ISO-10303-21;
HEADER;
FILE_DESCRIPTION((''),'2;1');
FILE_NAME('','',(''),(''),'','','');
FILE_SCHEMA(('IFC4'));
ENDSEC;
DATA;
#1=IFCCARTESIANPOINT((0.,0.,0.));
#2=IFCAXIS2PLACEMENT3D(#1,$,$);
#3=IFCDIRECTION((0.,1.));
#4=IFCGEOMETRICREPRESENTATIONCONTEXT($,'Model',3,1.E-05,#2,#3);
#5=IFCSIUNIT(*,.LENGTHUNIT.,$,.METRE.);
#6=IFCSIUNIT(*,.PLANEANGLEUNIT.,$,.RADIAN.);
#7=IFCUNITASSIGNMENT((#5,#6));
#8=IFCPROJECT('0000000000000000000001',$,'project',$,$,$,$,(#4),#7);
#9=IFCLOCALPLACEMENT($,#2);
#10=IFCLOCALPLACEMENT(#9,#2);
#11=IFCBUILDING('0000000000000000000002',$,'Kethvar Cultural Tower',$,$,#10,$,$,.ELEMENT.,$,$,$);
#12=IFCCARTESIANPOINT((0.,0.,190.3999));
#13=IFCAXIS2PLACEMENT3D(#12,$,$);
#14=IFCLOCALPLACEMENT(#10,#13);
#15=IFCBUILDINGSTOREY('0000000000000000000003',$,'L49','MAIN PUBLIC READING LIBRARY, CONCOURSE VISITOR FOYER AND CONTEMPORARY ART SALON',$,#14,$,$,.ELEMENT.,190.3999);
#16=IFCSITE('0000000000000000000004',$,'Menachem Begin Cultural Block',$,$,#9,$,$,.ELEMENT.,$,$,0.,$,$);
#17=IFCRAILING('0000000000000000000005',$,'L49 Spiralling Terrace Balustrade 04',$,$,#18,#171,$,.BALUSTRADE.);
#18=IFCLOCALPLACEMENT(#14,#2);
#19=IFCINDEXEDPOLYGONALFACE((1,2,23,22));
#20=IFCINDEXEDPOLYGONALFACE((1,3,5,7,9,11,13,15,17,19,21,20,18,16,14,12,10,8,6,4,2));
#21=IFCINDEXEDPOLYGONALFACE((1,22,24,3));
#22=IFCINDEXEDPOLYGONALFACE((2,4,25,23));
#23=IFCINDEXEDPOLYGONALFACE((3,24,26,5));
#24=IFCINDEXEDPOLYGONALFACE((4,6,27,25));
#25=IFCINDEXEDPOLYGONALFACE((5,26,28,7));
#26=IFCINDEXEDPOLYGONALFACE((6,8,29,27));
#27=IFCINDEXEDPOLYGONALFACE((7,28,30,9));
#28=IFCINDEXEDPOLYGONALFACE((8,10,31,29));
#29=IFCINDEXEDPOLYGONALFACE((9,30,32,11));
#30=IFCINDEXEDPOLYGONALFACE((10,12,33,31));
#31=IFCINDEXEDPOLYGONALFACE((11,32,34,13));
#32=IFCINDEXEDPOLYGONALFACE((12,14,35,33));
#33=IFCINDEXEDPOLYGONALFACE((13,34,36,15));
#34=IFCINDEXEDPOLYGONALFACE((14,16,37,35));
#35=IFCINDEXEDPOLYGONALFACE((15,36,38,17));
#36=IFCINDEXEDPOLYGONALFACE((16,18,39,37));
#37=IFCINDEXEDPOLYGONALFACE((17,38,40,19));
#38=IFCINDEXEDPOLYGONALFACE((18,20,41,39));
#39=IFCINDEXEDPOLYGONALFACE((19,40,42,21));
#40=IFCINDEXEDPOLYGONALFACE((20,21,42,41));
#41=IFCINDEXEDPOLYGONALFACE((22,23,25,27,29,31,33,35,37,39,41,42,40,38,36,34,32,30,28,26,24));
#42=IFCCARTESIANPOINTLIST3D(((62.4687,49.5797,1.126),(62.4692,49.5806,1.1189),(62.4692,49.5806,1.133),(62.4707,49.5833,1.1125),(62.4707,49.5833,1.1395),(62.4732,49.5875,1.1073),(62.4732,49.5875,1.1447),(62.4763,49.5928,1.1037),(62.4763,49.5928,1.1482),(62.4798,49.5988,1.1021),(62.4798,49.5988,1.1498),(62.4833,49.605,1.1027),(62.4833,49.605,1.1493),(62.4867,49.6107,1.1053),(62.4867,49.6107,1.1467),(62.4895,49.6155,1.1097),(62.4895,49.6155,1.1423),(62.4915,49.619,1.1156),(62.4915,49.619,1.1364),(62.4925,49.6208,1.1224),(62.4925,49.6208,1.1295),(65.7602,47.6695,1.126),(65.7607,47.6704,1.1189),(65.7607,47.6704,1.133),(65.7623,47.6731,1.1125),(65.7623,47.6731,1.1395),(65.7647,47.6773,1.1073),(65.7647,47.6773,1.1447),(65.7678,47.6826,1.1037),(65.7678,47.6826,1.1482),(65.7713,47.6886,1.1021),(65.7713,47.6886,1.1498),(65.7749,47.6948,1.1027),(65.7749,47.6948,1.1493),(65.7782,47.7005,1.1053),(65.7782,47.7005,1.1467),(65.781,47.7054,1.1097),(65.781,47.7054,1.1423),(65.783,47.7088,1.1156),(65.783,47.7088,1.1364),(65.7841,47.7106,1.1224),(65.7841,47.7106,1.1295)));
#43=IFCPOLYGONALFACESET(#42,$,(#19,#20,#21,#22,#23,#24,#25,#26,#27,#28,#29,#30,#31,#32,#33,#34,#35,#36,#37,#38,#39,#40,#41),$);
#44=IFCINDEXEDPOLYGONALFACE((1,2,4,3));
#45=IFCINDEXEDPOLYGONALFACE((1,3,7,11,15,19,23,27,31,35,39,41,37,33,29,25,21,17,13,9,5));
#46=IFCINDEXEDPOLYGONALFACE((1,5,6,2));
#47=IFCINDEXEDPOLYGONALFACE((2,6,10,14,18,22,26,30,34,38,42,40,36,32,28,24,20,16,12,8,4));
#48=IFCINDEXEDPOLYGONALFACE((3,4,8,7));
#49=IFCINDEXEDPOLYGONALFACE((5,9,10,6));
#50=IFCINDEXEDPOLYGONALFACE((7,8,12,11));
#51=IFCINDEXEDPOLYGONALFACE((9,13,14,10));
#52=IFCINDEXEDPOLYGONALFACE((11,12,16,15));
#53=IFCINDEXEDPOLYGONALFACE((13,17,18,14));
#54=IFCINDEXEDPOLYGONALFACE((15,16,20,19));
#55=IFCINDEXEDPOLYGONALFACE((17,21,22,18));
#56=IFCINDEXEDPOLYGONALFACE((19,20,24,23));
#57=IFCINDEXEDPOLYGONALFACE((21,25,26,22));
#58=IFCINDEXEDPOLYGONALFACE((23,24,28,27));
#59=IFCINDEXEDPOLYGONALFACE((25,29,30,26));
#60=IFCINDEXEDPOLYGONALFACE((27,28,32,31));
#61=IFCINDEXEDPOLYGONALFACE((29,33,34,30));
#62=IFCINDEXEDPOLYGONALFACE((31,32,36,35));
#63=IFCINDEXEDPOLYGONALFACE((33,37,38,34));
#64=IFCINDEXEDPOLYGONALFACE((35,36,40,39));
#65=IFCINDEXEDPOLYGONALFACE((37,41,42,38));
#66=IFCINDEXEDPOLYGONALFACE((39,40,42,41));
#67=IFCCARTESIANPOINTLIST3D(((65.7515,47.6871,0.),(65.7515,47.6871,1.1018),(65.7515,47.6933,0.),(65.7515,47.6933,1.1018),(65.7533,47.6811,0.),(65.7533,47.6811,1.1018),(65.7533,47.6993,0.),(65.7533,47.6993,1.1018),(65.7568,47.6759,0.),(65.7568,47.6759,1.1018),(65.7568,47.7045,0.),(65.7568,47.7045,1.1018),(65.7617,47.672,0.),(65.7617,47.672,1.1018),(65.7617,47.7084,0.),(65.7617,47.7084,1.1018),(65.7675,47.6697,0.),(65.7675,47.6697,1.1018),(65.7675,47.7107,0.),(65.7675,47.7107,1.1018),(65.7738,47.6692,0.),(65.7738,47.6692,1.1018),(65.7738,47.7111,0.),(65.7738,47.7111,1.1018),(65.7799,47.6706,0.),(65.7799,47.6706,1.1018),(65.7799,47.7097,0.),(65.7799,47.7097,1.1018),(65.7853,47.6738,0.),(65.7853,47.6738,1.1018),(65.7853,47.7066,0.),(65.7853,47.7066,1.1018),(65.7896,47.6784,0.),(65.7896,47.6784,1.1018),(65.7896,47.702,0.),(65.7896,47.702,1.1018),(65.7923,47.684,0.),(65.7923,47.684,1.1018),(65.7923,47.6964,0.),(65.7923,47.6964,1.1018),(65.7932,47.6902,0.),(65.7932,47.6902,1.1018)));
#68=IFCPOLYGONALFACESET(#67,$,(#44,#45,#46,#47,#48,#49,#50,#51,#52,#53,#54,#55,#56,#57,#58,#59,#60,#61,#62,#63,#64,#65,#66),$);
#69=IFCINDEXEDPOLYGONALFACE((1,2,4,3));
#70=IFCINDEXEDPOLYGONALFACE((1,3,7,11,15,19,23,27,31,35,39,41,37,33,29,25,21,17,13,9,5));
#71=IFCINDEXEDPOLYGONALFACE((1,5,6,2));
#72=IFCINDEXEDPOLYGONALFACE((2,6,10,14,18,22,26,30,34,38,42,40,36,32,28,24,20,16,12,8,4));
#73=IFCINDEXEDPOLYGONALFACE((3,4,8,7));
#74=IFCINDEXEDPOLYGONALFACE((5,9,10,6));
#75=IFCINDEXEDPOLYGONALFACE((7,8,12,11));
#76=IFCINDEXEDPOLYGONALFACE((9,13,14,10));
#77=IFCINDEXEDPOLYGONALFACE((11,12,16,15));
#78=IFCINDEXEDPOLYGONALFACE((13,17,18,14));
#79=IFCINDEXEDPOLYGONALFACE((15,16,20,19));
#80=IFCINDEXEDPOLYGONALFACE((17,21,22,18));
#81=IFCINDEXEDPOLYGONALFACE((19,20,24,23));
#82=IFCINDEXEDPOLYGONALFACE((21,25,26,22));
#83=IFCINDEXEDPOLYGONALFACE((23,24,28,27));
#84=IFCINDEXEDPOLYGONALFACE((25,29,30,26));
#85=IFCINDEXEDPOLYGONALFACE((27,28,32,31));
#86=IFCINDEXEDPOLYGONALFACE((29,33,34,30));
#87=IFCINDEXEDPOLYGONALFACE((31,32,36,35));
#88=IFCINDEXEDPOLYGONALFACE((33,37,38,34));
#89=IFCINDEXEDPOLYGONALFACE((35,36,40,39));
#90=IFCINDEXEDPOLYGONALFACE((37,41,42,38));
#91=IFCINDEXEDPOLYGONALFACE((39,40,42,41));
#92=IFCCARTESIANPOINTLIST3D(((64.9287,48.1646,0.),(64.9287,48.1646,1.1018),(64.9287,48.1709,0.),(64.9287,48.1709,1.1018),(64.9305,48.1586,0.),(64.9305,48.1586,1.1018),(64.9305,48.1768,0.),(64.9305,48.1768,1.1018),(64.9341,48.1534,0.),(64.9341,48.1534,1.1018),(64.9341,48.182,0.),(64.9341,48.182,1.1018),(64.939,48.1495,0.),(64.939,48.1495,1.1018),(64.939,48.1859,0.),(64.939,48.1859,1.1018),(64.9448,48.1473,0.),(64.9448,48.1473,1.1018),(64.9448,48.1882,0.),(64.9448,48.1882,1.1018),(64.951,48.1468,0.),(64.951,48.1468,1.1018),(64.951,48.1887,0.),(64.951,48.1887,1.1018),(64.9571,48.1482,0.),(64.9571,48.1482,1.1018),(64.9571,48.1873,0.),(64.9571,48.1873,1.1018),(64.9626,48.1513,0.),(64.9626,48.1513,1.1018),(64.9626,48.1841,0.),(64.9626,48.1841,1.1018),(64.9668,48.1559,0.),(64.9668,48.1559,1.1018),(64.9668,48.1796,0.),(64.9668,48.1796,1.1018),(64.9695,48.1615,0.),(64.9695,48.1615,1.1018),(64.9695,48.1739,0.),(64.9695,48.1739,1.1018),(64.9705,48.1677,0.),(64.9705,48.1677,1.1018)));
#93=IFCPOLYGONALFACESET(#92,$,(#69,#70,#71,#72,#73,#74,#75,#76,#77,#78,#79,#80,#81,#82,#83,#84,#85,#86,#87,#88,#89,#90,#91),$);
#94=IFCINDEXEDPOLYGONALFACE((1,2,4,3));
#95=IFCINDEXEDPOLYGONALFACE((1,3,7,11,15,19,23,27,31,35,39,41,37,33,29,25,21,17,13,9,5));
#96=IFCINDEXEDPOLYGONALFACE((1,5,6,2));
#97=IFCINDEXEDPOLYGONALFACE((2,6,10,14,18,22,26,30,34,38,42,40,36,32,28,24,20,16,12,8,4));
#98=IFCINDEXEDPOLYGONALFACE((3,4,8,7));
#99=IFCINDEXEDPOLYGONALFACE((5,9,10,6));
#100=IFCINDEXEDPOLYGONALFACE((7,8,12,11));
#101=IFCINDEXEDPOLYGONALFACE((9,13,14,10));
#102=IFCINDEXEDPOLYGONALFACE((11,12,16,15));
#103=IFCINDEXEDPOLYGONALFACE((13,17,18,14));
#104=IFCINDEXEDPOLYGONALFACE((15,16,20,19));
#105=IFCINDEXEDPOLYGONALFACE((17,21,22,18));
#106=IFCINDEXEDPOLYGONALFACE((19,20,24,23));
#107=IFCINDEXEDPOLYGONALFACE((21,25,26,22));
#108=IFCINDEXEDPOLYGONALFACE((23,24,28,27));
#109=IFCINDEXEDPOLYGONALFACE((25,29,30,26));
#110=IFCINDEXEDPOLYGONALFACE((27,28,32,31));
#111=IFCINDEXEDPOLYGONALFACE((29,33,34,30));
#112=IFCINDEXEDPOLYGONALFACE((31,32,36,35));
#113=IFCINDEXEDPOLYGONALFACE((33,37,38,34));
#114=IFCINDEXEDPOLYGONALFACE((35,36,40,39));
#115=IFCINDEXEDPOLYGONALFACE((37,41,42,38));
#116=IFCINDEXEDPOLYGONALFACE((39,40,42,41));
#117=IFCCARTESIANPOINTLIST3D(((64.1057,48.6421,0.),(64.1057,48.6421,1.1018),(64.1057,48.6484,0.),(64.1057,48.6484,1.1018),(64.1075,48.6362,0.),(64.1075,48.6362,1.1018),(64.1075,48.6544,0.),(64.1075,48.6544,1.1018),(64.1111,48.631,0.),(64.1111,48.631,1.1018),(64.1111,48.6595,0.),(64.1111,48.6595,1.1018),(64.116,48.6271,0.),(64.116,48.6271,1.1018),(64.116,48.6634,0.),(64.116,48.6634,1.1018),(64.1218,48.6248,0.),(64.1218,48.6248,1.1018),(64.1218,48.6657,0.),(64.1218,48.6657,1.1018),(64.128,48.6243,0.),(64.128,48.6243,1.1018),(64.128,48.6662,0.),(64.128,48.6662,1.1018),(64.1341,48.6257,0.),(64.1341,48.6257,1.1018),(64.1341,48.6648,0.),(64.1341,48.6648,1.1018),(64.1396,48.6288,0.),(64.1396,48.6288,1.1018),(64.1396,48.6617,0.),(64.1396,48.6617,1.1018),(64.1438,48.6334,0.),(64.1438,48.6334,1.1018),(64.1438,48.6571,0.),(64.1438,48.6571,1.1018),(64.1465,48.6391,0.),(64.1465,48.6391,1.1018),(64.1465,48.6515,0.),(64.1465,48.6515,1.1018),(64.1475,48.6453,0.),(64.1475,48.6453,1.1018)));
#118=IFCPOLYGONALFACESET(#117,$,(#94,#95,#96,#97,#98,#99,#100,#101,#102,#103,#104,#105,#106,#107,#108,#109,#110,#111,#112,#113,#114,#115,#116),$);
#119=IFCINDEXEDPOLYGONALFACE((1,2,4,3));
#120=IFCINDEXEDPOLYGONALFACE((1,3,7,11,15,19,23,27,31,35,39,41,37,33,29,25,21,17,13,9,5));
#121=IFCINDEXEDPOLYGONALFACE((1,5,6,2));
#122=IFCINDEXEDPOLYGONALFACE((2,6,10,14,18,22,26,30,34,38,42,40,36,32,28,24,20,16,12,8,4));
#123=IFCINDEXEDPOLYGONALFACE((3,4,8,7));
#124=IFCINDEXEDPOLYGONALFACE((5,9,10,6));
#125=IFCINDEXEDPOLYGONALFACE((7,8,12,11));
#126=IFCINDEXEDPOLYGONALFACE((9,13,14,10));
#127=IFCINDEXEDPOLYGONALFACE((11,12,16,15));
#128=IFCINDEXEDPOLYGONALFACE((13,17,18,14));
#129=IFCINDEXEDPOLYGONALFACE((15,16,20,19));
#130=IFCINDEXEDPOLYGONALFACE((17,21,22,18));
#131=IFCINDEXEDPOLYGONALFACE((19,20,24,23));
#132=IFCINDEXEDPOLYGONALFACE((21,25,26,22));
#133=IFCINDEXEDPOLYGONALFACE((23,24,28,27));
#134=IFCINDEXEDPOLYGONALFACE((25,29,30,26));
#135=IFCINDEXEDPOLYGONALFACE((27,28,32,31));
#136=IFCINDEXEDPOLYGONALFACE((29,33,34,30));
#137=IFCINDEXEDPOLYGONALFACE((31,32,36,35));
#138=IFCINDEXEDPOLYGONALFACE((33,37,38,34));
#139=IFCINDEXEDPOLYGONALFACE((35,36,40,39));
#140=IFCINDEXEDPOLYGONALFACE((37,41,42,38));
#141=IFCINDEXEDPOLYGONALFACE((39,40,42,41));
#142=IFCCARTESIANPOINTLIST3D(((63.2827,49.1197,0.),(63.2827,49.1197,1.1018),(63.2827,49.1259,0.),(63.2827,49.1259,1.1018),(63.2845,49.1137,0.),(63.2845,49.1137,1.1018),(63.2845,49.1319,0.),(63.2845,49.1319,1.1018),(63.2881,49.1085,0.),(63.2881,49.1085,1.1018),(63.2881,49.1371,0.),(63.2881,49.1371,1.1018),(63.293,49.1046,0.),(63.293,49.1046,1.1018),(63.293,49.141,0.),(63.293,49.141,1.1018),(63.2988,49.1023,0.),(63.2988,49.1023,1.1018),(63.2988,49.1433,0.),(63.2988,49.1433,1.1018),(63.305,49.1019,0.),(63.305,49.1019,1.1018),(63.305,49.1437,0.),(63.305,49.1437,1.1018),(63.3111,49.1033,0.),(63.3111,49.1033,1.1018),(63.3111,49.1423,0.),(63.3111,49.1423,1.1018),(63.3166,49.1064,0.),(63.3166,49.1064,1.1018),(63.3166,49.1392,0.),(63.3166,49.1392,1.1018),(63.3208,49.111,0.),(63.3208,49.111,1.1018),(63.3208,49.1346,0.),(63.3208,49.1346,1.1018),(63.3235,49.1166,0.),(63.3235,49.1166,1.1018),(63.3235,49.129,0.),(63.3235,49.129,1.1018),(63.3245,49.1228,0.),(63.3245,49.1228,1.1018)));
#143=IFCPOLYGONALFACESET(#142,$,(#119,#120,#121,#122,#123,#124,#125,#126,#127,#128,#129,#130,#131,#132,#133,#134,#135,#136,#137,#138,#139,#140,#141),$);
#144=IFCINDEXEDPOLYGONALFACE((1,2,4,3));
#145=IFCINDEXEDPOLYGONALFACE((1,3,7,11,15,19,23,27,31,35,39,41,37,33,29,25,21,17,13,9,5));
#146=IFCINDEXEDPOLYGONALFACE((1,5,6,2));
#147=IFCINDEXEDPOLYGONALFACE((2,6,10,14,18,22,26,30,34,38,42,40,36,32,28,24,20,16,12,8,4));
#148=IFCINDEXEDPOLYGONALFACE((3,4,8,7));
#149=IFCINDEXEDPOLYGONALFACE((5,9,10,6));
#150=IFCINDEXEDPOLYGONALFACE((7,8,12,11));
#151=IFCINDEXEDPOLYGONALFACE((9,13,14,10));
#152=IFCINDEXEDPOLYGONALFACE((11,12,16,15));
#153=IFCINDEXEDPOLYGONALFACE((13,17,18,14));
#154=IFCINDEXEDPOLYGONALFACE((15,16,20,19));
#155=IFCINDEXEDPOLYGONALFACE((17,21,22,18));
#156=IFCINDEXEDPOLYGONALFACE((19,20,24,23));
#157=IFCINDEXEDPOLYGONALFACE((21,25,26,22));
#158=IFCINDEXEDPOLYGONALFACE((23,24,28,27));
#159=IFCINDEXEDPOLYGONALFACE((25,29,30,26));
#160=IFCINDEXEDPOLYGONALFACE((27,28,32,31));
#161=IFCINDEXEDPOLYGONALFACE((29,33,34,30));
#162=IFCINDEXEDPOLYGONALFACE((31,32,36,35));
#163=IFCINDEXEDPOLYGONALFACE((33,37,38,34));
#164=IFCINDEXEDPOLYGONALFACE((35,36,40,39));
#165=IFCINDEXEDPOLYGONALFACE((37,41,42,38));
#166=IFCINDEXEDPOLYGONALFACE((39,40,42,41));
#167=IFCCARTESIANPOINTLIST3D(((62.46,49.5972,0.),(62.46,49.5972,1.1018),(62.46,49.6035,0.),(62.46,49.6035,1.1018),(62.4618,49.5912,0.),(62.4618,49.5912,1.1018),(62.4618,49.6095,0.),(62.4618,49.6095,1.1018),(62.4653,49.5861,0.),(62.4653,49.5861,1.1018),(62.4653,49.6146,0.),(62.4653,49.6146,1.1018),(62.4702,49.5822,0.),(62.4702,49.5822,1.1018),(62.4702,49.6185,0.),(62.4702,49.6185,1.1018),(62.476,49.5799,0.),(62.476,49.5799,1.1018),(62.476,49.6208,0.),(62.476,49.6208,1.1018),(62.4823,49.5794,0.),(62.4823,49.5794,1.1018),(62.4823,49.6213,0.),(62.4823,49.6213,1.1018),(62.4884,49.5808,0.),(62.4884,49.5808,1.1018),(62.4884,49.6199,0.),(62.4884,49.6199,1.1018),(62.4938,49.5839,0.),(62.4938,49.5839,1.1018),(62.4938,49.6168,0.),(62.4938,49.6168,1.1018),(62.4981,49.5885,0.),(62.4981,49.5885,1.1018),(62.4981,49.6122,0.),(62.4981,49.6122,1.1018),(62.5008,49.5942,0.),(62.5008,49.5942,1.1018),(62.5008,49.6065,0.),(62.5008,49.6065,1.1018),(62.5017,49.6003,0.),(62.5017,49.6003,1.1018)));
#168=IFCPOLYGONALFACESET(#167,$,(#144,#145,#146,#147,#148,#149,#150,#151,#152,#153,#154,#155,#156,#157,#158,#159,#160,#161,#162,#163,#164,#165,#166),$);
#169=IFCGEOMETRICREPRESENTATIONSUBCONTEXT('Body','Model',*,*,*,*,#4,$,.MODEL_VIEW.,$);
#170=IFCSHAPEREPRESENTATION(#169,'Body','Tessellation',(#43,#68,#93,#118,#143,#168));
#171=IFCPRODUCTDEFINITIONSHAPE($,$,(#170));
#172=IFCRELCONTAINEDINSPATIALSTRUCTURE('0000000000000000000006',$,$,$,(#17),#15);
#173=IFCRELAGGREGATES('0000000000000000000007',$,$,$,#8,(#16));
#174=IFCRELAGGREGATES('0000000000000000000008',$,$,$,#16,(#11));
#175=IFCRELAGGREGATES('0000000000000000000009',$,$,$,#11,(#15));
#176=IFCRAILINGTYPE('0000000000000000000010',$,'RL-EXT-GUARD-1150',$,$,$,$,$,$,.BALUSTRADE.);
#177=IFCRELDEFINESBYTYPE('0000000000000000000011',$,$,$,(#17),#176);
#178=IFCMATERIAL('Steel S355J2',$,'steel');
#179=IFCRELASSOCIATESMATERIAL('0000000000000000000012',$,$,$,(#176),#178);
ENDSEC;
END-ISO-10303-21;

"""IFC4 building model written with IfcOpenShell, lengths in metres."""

from ifc_helpers import new_model, si_unit, direction, frame, origin, origin_2d, place, context, subcontext, project, spatial, circle, extrude, material, type_object, element, save


model = new_model("IFC4")

# Units and contexts
model_context = context("Model", 3, precision=1e-05, world=origin(), true_north=direction((0.0, 1.0)))
body_context = subcontext(model_context, "Body", "Model", "MODEL_VIEW")
ifc_project = project(units=[si_unit("LENGTHUNIT", "METRE"), si_unit("PLANEANGLEUNIT", "RADIAN")], contexts=[model_context])

# Site, building, storey
site_placement = place(None, origin())
site = spatial("IfcSite", under=ifc_project, at=site_placement, Name="Menachem Begin Cultural Block", CompositionType="ELEMENT", RefElevation=0.0)
building_placement = place(site_placement, origin())
building = spatial("IfcBuilding", under=site, at=building_placement, Name="Kethvar Cultural Tower", CompositionType="ELEMENT")
storey_placement = place(building_placement, frame((0.0, 0.0, 190.3999)))
storey = spatial("IfcBuildingStorey", under=building, at=storey_placement, Name="L49", Description="MAIN PUBLIC READING LIBRARY, CONCOURSE VISITOR FOYER AND CONTEMPORARY ART SALON", CompositionType="ELEMENT", Elevation=190.3999)

# Shared definitions
ifc_material_1 = material(Name="Steel S355J2", Category="steel")

# Railing
railing_type = type_object("IfcRailingType", Name="RL-EXT-GUARD-1150", PredefinedType="BALUSTRADE", material=ifc_material_1)
railing_1_placement = place(storey_placement, frame((65.7722, 47.6902, 0.0)))
element("IfcRailing", 1, at=railing_1_placement, inside=storey, type_object=railing_type, Name="L49 Spiralling Terrace Balustrade 04", PredefinedType="BALUSTRADE", context=body_context, shape_type="SweptSolid", body=[
    extrude(circle(Radius=0.0239, at=origin_2d()), frame((0.0, 0.0, 1.126), z_axis=(-0.864908, 0.501931, 0.0), x_axis=(-0.501931, -0.864908, 0.0)), (0.0, 0.0, 1.0), 3.8057),
    extrude(circle(Radius=0.021, at=origin_2d()), origin(), (0.0, 0.0, 1.0), 1.1018),
    extrude(circle(Radius=0.021, at=origin_2d()), frame((-0.8228, 0.4775, 0.0)), (0.0, 0.0, 1.0), 1.1018),
    extrude(circle(Radius=0.021, at=origin_2d()), frame((-1.6458, 0.9551, 0.0)), (0.0, 0.0, 1.0), 1.1018),
    extrude(circle(Radius=0.021, at=origin_2d()), frame((-2.4688, 1.4326, 0.0)), (0.0, 0.0, 1.0), 1.1018),
    extrude(circle(Radius=0.021, at=origin_2d()), frame((-3.2915, 1.9102, 0.0)), (0.0, 0.0, 1.0), 1.1018),
])

save(model, "model.ifc")
